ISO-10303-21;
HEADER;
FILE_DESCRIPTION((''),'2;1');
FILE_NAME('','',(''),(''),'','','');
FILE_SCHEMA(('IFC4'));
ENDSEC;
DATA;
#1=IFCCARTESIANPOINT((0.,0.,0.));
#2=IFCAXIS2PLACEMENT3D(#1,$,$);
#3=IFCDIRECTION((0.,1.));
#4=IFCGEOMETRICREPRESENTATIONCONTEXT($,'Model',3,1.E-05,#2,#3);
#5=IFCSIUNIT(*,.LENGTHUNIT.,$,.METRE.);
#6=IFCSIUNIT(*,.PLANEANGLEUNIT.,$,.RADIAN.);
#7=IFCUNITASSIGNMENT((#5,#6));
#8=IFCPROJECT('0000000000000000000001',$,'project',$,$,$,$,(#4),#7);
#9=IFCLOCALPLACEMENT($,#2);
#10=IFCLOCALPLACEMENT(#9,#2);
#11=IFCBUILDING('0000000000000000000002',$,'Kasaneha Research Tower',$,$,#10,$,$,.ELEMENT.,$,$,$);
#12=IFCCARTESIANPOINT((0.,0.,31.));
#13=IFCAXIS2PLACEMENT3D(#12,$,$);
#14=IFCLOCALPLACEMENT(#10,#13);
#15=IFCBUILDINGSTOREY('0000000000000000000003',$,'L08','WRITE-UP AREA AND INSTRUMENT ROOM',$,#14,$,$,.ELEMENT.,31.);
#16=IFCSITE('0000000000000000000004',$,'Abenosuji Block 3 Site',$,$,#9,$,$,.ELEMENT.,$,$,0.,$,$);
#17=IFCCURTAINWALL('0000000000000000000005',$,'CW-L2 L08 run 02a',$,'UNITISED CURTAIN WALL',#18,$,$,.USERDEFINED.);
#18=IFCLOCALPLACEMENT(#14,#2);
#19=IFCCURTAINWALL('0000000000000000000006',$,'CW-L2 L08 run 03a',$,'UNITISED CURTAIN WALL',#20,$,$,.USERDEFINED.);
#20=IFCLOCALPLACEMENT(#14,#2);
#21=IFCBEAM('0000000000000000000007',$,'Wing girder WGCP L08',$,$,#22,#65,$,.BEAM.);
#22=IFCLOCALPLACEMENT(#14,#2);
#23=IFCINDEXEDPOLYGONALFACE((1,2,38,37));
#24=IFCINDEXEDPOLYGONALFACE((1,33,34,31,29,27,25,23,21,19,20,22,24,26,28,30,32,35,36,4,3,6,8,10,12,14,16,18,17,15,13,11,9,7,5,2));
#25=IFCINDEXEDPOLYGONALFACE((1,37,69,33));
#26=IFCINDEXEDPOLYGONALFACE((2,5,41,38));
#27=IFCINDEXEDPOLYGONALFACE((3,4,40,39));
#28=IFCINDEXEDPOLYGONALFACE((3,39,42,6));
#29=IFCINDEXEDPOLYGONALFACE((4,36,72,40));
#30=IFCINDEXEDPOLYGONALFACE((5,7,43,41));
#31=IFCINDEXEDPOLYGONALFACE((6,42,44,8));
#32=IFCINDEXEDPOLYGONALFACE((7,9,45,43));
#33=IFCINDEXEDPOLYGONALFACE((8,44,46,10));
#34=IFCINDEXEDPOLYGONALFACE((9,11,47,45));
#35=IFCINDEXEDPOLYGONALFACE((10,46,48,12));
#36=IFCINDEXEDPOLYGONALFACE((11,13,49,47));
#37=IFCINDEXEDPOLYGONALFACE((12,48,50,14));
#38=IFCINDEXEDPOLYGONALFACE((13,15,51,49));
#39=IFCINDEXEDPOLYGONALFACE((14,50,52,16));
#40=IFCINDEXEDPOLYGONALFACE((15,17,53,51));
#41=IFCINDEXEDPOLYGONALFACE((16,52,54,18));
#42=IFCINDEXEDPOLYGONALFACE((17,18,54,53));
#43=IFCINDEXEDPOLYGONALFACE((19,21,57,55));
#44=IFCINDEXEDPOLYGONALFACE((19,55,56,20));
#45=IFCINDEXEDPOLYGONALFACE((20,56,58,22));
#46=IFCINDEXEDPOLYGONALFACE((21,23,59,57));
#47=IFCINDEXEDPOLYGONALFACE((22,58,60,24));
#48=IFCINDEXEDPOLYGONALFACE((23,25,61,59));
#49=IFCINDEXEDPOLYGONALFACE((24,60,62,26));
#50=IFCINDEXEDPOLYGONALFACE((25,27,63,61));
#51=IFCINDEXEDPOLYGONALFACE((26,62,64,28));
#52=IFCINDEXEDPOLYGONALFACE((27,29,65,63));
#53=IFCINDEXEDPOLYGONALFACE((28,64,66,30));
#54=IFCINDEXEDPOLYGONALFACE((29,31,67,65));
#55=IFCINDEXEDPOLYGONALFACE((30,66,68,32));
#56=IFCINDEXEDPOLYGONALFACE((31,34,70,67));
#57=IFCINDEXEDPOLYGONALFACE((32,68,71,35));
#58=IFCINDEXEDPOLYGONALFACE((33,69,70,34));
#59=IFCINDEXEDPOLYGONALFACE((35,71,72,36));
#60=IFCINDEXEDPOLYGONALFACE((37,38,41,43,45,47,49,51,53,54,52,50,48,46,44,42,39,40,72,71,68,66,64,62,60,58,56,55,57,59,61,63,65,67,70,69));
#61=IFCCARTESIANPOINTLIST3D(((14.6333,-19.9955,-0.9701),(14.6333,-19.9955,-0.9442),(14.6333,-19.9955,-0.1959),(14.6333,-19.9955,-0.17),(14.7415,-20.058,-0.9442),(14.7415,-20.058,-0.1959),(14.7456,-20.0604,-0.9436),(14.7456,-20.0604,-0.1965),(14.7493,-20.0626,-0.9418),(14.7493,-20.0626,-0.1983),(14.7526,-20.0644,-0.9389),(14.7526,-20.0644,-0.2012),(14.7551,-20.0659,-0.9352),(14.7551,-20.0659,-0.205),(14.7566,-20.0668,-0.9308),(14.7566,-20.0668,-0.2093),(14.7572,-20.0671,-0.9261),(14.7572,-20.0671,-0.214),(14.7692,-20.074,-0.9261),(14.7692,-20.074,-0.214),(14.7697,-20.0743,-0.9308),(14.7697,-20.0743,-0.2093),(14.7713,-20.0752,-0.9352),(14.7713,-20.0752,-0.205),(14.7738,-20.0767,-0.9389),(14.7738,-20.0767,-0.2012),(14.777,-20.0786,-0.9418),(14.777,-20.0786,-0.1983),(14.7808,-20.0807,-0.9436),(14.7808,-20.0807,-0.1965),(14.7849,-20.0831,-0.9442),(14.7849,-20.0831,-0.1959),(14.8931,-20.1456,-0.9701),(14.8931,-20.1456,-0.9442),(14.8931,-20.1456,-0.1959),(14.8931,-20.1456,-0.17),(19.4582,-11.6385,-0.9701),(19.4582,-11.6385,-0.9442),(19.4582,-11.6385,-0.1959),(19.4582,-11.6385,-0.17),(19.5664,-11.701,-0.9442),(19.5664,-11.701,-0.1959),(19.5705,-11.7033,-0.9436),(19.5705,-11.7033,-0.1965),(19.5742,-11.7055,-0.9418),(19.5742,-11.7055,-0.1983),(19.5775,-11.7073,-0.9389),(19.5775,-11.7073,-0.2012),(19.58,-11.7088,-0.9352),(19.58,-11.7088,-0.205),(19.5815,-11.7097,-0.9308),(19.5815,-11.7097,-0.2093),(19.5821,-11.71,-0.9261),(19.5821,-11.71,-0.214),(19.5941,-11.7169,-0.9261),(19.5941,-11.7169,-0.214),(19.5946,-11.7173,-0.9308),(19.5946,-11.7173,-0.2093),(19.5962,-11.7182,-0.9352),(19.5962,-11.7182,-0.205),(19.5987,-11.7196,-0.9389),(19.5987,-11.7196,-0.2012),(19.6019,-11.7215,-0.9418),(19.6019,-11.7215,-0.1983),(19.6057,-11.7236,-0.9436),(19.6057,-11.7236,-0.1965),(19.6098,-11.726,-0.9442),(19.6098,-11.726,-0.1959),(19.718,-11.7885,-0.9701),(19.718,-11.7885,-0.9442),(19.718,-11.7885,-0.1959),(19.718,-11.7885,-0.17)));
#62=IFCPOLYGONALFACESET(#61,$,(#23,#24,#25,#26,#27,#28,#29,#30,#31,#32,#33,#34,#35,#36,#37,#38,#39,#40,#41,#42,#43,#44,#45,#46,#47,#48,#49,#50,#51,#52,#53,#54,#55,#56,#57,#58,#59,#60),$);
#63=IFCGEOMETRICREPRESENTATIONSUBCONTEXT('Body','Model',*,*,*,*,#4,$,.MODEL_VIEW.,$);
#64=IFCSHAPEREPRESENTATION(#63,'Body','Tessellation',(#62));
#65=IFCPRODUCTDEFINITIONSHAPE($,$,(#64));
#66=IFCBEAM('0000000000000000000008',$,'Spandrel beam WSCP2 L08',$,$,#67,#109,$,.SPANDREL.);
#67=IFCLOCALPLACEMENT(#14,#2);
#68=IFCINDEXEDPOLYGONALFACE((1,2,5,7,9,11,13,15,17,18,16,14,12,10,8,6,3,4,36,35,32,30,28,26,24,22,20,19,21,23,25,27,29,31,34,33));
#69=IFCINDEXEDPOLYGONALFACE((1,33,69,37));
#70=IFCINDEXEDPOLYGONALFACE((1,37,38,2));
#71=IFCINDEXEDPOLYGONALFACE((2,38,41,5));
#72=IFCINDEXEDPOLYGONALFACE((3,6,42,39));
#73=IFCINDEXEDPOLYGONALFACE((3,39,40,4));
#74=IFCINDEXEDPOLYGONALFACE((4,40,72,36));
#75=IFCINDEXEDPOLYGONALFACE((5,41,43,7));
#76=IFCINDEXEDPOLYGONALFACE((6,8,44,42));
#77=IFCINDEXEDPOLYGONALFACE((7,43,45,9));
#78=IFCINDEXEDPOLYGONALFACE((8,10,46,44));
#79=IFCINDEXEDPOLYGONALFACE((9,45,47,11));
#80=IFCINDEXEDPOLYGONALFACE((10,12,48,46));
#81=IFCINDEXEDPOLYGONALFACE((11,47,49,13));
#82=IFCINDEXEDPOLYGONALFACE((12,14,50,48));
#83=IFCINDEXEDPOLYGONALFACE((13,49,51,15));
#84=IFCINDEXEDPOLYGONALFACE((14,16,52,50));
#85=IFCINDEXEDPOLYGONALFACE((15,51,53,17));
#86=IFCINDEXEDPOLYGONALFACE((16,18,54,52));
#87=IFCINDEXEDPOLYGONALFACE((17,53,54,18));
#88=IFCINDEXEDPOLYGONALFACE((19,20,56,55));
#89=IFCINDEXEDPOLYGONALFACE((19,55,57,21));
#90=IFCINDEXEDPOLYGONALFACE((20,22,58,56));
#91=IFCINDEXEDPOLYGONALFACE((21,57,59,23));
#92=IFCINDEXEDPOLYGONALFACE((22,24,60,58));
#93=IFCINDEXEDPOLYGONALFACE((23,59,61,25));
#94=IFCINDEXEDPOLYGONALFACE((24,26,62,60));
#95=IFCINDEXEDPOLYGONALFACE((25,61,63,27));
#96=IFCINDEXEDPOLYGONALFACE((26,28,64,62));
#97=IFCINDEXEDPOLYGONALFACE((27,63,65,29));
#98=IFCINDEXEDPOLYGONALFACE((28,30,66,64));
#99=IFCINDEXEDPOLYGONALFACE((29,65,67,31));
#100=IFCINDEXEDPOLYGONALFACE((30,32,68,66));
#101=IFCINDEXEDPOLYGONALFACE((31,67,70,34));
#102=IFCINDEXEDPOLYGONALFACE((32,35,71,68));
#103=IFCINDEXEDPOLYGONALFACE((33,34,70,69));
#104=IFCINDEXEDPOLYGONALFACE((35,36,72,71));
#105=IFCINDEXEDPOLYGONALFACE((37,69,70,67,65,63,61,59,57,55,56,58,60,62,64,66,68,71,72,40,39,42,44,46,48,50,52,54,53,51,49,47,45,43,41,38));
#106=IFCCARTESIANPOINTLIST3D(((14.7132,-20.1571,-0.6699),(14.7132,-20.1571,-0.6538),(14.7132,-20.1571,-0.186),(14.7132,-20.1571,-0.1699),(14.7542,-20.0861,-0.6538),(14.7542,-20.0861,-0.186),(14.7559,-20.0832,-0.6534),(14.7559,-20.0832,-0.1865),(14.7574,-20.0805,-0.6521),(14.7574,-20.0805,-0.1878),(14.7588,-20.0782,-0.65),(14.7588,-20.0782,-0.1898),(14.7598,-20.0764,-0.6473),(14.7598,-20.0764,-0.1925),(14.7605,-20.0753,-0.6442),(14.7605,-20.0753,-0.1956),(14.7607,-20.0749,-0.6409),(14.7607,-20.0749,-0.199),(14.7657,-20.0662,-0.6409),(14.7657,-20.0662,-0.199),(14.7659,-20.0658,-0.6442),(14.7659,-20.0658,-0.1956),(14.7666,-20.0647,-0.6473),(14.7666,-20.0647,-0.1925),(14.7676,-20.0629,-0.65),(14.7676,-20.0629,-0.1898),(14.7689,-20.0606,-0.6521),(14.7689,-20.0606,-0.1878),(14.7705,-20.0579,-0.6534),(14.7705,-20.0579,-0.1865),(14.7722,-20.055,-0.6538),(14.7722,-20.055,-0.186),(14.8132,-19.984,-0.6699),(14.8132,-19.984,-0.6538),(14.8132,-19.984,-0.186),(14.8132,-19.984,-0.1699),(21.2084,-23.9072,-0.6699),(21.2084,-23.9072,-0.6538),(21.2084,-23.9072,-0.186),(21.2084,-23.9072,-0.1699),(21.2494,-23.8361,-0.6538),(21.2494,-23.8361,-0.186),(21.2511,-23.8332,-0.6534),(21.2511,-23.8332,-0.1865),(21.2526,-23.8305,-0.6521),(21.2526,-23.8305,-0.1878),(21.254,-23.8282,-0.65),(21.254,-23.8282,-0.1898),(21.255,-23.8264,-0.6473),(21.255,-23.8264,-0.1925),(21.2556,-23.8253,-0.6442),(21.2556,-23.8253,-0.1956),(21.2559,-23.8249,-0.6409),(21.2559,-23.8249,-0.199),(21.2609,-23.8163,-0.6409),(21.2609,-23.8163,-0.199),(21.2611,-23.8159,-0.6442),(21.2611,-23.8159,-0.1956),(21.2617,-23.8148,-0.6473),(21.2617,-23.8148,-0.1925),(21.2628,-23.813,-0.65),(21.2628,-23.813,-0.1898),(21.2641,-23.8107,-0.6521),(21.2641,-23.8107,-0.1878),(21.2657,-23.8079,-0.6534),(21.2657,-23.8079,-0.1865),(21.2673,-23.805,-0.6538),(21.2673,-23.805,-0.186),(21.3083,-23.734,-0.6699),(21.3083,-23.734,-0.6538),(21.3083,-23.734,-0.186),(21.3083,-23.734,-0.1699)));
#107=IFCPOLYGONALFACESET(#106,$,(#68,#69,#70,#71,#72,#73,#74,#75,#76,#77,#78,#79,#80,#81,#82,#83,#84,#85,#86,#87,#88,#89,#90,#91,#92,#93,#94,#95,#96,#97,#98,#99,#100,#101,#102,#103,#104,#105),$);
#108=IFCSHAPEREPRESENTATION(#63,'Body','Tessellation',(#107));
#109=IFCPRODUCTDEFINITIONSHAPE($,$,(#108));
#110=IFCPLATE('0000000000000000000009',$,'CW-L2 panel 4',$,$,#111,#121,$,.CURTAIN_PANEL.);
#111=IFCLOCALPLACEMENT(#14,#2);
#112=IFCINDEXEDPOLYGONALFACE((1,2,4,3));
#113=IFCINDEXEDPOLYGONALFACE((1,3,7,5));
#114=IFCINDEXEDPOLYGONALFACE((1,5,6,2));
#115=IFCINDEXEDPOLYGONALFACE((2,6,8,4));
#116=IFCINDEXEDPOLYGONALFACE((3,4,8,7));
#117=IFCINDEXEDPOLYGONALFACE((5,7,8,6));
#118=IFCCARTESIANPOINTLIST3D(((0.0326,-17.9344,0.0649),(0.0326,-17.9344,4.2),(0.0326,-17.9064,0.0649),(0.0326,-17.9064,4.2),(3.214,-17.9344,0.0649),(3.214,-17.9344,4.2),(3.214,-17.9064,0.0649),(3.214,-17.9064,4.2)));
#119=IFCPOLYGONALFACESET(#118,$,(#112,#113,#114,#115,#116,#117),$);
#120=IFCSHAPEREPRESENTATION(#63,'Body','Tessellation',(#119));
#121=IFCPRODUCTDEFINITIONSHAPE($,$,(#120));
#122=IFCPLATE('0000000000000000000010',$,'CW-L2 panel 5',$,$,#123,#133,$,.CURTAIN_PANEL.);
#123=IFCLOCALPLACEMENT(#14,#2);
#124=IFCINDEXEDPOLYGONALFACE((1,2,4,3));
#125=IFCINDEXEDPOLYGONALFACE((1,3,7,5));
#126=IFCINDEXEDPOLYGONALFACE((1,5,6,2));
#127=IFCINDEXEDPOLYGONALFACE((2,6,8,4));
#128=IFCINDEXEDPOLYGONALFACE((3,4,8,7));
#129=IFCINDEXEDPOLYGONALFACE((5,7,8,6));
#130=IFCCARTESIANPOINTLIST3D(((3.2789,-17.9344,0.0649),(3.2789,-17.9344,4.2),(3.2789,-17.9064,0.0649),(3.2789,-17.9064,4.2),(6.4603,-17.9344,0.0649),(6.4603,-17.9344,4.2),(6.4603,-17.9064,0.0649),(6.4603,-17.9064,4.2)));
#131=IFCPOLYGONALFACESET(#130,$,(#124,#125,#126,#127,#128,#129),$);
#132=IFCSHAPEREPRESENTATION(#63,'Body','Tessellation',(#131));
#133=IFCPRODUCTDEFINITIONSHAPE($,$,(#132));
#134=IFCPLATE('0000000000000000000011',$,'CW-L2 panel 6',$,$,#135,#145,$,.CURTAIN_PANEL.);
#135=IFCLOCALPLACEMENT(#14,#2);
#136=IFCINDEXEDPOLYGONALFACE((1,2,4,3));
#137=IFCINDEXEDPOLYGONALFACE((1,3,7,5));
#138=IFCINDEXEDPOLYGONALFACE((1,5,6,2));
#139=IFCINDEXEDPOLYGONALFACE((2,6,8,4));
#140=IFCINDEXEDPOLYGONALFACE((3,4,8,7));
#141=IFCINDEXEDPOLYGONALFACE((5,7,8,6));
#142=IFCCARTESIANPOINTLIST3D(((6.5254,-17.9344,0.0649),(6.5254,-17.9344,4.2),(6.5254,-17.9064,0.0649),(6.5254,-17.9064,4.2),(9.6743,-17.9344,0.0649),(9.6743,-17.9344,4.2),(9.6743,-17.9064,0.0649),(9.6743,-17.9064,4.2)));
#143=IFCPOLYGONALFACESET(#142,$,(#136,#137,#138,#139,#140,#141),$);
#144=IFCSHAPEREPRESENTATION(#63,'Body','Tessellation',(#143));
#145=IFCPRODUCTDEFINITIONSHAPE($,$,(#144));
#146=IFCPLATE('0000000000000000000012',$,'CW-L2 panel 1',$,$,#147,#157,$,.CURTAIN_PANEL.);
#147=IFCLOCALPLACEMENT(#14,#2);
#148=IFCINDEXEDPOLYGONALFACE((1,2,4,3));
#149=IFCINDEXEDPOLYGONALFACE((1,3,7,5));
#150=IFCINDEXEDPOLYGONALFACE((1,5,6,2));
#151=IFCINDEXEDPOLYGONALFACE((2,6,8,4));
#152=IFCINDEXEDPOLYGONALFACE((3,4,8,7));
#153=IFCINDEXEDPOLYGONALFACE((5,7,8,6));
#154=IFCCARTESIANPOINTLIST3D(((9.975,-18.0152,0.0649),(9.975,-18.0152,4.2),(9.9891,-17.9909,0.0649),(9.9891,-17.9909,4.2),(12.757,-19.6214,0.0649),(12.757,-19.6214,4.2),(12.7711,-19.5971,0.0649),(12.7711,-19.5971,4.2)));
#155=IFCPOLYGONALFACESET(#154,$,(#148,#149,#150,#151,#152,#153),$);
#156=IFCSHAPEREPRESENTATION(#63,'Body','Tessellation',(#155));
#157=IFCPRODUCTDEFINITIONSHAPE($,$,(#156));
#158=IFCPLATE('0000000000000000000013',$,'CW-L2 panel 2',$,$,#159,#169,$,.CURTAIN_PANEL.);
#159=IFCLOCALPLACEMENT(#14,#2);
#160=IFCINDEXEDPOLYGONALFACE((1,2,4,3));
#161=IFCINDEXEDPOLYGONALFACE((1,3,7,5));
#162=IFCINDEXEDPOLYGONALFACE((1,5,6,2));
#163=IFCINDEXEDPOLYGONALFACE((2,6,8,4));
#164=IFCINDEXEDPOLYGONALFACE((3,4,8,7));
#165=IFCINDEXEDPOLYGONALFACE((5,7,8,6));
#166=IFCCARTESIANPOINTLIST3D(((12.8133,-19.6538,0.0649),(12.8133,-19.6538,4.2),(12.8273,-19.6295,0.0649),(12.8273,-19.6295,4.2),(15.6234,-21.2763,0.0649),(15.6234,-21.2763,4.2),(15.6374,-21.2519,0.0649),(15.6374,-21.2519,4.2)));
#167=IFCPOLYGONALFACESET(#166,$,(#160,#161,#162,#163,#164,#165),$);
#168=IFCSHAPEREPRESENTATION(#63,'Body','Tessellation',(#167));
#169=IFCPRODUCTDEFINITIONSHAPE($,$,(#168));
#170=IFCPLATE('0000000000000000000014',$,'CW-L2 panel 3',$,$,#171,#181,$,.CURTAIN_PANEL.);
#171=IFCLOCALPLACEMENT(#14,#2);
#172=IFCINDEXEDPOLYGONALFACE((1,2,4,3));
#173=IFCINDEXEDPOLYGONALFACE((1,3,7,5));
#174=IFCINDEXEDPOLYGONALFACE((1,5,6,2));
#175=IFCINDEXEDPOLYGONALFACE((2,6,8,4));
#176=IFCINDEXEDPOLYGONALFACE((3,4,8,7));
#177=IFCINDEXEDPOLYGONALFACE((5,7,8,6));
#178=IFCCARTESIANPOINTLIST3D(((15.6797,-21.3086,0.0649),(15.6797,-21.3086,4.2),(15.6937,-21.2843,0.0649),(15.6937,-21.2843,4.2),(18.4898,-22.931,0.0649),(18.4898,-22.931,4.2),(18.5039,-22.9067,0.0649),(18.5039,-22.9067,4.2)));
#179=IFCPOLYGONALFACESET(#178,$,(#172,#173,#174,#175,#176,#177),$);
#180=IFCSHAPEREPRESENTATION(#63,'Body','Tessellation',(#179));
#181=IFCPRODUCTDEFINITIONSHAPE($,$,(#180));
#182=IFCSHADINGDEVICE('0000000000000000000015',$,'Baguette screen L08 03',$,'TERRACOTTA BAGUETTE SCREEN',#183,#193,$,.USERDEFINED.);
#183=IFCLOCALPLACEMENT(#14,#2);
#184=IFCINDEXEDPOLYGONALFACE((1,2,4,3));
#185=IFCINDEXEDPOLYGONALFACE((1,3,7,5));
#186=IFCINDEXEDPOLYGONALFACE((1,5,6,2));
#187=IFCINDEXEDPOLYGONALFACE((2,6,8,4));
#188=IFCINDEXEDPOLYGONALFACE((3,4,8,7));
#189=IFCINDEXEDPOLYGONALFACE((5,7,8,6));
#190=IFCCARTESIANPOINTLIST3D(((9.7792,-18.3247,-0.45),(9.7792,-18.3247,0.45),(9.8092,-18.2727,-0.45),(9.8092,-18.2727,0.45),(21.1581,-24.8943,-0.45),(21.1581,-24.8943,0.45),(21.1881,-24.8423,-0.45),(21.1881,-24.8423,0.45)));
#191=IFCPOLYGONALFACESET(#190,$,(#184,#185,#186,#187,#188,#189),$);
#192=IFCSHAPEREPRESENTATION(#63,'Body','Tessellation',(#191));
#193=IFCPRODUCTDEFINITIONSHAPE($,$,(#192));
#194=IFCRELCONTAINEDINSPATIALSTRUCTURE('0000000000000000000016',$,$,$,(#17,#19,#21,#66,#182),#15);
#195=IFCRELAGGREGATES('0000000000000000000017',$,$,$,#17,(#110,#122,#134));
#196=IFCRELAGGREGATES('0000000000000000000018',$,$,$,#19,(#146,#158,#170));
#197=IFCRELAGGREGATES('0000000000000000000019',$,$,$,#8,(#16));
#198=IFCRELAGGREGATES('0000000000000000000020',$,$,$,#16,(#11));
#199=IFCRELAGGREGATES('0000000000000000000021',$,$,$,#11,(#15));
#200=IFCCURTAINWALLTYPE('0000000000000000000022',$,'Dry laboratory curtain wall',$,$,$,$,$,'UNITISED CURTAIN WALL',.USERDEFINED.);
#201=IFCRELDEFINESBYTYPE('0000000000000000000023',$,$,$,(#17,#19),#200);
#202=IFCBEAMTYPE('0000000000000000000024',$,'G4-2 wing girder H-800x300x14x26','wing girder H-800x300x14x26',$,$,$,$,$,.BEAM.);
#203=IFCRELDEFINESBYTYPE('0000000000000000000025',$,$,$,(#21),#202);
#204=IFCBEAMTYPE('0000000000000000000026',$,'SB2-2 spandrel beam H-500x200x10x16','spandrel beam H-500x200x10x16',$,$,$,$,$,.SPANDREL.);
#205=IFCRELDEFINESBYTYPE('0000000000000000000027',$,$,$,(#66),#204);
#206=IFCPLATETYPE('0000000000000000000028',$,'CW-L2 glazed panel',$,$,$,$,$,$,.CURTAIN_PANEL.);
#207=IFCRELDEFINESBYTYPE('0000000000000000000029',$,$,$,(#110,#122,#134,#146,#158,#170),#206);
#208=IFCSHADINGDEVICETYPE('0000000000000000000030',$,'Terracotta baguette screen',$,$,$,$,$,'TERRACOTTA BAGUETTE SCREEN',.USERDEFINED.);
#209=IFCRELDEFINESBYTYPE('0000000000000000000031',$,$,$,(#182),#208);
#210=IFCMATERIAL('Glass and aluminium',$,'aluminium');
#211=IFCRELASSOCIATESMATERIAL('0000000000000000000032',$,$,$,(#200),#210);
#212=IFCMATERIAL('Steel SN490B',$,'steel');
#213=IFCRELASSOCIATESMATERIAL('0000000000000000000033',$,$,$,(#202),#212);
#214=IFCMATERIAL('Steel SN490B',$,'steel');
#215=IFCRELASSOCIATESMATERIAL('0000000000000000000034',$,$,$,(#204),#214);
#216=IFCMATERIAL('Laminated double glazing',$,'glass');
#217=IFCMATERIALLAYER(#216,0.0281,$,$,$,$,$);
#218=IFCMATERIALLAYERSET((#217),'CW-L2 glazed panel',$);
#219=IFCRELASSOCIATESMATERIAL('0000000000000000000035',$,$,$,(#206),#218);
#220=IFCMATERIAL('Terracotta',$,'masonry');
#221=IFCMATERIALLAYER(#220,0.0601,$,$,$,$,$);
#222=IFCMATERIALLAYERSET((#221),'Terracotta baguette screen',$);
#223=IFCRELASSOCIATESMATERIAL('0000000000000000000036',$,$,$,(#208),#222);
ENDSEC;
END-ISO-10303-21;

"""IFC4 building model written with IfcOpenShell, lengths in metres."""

from ifc_helpers import new_model, si_unit, direction, frame, origin, origin_2d, place, context, subcontext, project, spatial, rectangle, i_section, extrude, material, layer, layer_set, material_profile, profile_set, type_object, element, aggregate, save


model = new_model("IFC4")

# Units and contexts
model_context = context("Model", 3, precision=1e-05, world=origin(), true_north=direction((0.0, 1.0)))
body_context = subcontext(model_context, "Body", "Model", "MODEL_VIEW")
ifc_project = project(units=[si_unit("LENGTHUNIT", "METRE"), si_unit("PLANEANGLEUNIT", "RADIAN")], contexts=[model_context])

# Site, building, storey
site_placement = place(None, origin())
site = spatial("IfcSite", under=ifc_project, at=site_placement, Name="Abenosuji Block 3 Site", CompositionType="ELEMENT", RefElevation=0.0)
building_placement = place(site_placement, origin())
building = spatial("IfcBuilding", under=site, at=building_placement, Name="Kasaneha Research Tower", CompositionType="ELEMENT")
storey_placement = place(building_placement, frame((0.0, 0.0, 31.0)))
storey = spatial("IfcBuildingStorey", under=building, at=storey_placement, Name="L08", Description="WRITE-UP AREA AND INSTRUMENT ROOM", CompositionType="ELEMENT", Elevation=31.0)

# Curtain walls
ifc_material_1 = material(Name="Glass and aluminium", Category="aluminium")
curtain_wall_type = type_object("IfcCurtainWallType", Name="Dry laboratory curtain wall", ElementType="UNITISED CURTAIN WALL", PredefinedType="USERDEFINED", material=ifc_material_1)
curtain_wall_1_placement = place(storey_placement, origin())
curtain_wall_1 = element("IfcCurtainWall", 1, at=curtain_wall_1_placement, inside=storey, type_object=curtain_wall_type, Name="CW-L2 L08 run 02a", ObjectType="UNITISED CURTAIN WALL", PredefinedType="USERDEFINED")
curtain_wall_2_placement = place(storey_placement, origin())
curtain_wall_2 = element("IfcCurtainWall", 2, at=curtain_wall_2_placement, inside=storey, type_object=curtain_wall_type, Name="CW-L2 L08 run 03a", ObjectType="UNITISED CURTAIN WALL", PredefinedType="USERDEFINED")

# Beams
ifc_material_2 = material(Name="Steel SN490B", Category="steel")
ifc_material_profile_1 = material_profile(ifc_material_2, i_section(OverallWidth=0.3, OverallDepth=0.8, WebThickness=0.0139, FlangeThickness=0.0259, FilletRadius=0.0181, at=origin_2d()), Name="H-800x300x14x26")
ifc_profile_set_1 = profile_set([ifc_material_profile_1], Name="Steel SN490B")
beam_type_1 = type_object("IfcBeamType", Name="G4-2 wing girder H-800x300x14x26", Description="wing girder H-800x300x14x26", PredefinedType="BEAM", material=ifc_profile_set_1)
beam_1_placement = place(storey_placement, frame((14.7632, -20.0706, -0.5701), z_axis=(0.499995, 0.866028, 0.0), x_axis=(-0.866028, 0.499995, 0.0)))
element("IfcBeam", 3, at=beam_1_placement, inside=storey, type_object=beam_type_1, Name="Wing girder WGCP L08", PredefinedType="BEAM", context=body_context, shape_type="SweptSolid", body=[
    extrude(i_section(OverallWidth=0.3, OverallDepth=0.8, WebThickness=0.0139, FlangeThickness=0.0259, FilletRadius=0.0181, at=origin_2d()), origin(), (0.0, 0.0, 1.0), 9.6499),
])
ifc_material_3 = material(Name="Steel SN490B", Category="steel")
ifc_material_profile_2 = material_profile(ifc_material_3, i_section(OverallWidth=0.2, OverallDepth=0.5, WebThickness=0.01, FlangeThickness=0.0161, FilletRadius=0.0129, at=origin_2d()), Name="H-500x200x10x16")
ifc_profile_set_2 = profile_set([ifc_material_profile_2], Name="Steel SN490B")
beam_type_2 = type_object("IfcBeamType", Name="SB2-2 spandrel beam H-500x200x10x16", Description="spandrel beam H-500x200x10x16", PredefinedType="SPANDREL", material=ifc_profile_set_2)
beam_2_placement = place(storey_placement, frame((14.7632, -20.0706, -0.4199), z_axis=(0.866023, -0.500004, 0.0), x_axis=(0.500004, 0.866023, 0.0)))
element("IfcBeam", 4, at=beam_2_placement, inside=storey, type_object=beam_type_2, Name="Spandrel beam WSCP2 L08", PredefinedType="SPANDREL", context=body_context, shape_type="SweptSolid", body=[
    extrude(i_section(OverallWidth=0.2, OverallDepth=0.5, WebThickness=0.01, FlangeThickness=0.0161, FilletRadius=0.0129, at=origin_2d()), origin(), (0.0, 0.0, 1.0), 7.5),
])

# Plates
ifc_material_4 = material(Name="Laminated double glazing", Category="glass")
ifc_layer_1 = layer(ifc_material_4, 0.0281)
ifc_layer_set_1 = layer_set([ifc_layer_1], Name="CW-L2 glazed panel")
plate_type = type_object("IfcPlateType", Name="CW-L2 glazed panel", PredefinedType="CURTAIN_PANEL", material=ifc_layer_set_1)
plate_1_placement = place(storey_placement, frame((1.6233, -17.9204, 0.0649), z_axis=(0.0, 0.0, 1.0), x_axis=(1.0, 0.0, 0.0)))
plate_1 = element("IfcPlate", 5, at=plate_1_placement, type_object=plate_type, Name="CW-L2 panel 4", PredefinedType="CURTAIN_PANEL", context=body_context, shape_type="SweptSolid", body=[
    extrude(rectangle(XDim=3.1814, YDim=0.0281, at=origin_2d()), origin(), (0.0, 0.0, 1.0), 4.135),
])
plate_2_placement = place(storey_placement, frame((4.8696, -17.9204, 0.0649), z_axis=(0.0, 0.0, 1.0), x_axis=(1.0, 0.0, 0.0)))
plate_2 = element("IfcPlate", 6, at=plate_2_placement, type_object=plate_type, Name="CW-L2 panel 5", PredefinedType="CURTAIN_PANEL", context=body_context, shape_type="SweptSolid", body=[
    extrude(rectangle(XDim=3.1814, YDim=0.0281, at=origin_2d()), origin(), (0.0, 0.0, 1.0), 4.135),
])
plate_3_placement = place(storey_placement, frame((8.0999, -17.9204, 0.0649), z_axis=(0.0, 0.0, 1.0), x_axis=(1.0, 0.0, 0.0)))
plate_3 = element("IfcPlate", 7, at=plate_3_placement, type_object=plate_type, Name="CW-L2 panel 6", PredefinedType="CURTAIN_PANEL", context=body_context, shape_type="SweptSolid", body=[
    extrude(rectangle(XDim=3.1489, YDim=0.0281, at=origin_2d()), origin(), (0.0, 0.0, 1.0), 4.135),
])
aggregate(curtain_wall_1, [plate_1, plate_2, plate_3])
plate_4_placement = place(storey_placement, frame((11.373, -18.8062, 0.0649), z_axis=(0.0, 0.0, 1.0), x_axis=(0.866025, -0.5, 0.0)))
plate_4 = element("IfcPlate", 8, at=plate_4_placement, type_object=plate_type, Name="CW-L2 panel 1", PredefinedType="CURTAIN_PANEL", context=body_context, shape_type="SweptSolid", body=[
    extrude(rectangle(XDim=3.2124, YDim=0.0281, at=origin_2d()), origin(), (0.0, 0.0, 1.0), 4.135),
])
plate_5_placement = place(storey_placement, frame((14.2253, -20.4529, 0.0649), z_axis=(0.0, 0.0, 1.0), x_axis=(0.866025, -0.5, 0.0)))
plate_5 = element("IfcPlate", 9, at=plate_5_placement, type_object=plate_type, Name="CW-L2 panel 2", PredefinedType="CURTAIN_PANEL", context=body_context, shape_type="SweptSolid", body=[
    extrude(rectangle(XDim=3.2449, YDim=0.0281, at=origin_2d()), origin(), (0.0, 0.0, 1.0), 4.135),
])
plate_6_placement = place(storey_placement, frame((17.0918, -22.1077, 0.0649), z_axis=(0.0, 0.0, 1.0), x_axis=(0.866025, -0.5, 0.0)))
plate_6 = element("IfcPlate", 10, at=plate_6_placement, type_object=plate_type, Name="CW-L2 panel 3", PredefinedType="CURTAIN_PANEL", context=body_context, shape_type="SweptSolid", body=[
    extrude(rectangle(XDim=3.2449, YDim=0.0281, at=origin_2d()), origin(), (0.0, 0.0, 1.0), 4.135),
])
aggregate(curtain_wall_2, [plate_4, plate_5, plate_6])

# Shading device
ifc_material_5 = material(Name="Terracotta", Category="masonry")
ifc_layer_2 = layer(ifc_material_5, 0.0601)
ifc_layer_set_2 = layer_set([ifc_layer_2], Name="Terracotta baguette screen")
shading_device_type = type_object("IfcShadingDeviceType", Name="Terracotta baguette screen", ElementType="TERRACOTTA BAGUETTE SCREEN", PredefinedType="USERDEFINED", material=ifc_layer_set_2)
shading_device_placement = place(storey_placement, frame((15.4836, -21.5835, -0.45), z_axis=(0.0, 0.0, 1.0), x_axis=(0.866025, -0.5, 0.0)))
element("IfcShadingDevice", 11, at=shading_device_placement, inside=storey, type_object=shading_device_type, Name="Baguette screen L08 03", ObjectType="TERRACOTTA BAGUETTE SCREEN", PredefinedType="USERDEFINED", context=body_context, shape_type="SweptSolid", body=[
    extrude(rectangle(XDim=13.1392, YDim=0.0601, at=origin_2d()), origin(), (0.0, 0.0, 1.0), 0.8999),
])

save(model, "model.ifc")
